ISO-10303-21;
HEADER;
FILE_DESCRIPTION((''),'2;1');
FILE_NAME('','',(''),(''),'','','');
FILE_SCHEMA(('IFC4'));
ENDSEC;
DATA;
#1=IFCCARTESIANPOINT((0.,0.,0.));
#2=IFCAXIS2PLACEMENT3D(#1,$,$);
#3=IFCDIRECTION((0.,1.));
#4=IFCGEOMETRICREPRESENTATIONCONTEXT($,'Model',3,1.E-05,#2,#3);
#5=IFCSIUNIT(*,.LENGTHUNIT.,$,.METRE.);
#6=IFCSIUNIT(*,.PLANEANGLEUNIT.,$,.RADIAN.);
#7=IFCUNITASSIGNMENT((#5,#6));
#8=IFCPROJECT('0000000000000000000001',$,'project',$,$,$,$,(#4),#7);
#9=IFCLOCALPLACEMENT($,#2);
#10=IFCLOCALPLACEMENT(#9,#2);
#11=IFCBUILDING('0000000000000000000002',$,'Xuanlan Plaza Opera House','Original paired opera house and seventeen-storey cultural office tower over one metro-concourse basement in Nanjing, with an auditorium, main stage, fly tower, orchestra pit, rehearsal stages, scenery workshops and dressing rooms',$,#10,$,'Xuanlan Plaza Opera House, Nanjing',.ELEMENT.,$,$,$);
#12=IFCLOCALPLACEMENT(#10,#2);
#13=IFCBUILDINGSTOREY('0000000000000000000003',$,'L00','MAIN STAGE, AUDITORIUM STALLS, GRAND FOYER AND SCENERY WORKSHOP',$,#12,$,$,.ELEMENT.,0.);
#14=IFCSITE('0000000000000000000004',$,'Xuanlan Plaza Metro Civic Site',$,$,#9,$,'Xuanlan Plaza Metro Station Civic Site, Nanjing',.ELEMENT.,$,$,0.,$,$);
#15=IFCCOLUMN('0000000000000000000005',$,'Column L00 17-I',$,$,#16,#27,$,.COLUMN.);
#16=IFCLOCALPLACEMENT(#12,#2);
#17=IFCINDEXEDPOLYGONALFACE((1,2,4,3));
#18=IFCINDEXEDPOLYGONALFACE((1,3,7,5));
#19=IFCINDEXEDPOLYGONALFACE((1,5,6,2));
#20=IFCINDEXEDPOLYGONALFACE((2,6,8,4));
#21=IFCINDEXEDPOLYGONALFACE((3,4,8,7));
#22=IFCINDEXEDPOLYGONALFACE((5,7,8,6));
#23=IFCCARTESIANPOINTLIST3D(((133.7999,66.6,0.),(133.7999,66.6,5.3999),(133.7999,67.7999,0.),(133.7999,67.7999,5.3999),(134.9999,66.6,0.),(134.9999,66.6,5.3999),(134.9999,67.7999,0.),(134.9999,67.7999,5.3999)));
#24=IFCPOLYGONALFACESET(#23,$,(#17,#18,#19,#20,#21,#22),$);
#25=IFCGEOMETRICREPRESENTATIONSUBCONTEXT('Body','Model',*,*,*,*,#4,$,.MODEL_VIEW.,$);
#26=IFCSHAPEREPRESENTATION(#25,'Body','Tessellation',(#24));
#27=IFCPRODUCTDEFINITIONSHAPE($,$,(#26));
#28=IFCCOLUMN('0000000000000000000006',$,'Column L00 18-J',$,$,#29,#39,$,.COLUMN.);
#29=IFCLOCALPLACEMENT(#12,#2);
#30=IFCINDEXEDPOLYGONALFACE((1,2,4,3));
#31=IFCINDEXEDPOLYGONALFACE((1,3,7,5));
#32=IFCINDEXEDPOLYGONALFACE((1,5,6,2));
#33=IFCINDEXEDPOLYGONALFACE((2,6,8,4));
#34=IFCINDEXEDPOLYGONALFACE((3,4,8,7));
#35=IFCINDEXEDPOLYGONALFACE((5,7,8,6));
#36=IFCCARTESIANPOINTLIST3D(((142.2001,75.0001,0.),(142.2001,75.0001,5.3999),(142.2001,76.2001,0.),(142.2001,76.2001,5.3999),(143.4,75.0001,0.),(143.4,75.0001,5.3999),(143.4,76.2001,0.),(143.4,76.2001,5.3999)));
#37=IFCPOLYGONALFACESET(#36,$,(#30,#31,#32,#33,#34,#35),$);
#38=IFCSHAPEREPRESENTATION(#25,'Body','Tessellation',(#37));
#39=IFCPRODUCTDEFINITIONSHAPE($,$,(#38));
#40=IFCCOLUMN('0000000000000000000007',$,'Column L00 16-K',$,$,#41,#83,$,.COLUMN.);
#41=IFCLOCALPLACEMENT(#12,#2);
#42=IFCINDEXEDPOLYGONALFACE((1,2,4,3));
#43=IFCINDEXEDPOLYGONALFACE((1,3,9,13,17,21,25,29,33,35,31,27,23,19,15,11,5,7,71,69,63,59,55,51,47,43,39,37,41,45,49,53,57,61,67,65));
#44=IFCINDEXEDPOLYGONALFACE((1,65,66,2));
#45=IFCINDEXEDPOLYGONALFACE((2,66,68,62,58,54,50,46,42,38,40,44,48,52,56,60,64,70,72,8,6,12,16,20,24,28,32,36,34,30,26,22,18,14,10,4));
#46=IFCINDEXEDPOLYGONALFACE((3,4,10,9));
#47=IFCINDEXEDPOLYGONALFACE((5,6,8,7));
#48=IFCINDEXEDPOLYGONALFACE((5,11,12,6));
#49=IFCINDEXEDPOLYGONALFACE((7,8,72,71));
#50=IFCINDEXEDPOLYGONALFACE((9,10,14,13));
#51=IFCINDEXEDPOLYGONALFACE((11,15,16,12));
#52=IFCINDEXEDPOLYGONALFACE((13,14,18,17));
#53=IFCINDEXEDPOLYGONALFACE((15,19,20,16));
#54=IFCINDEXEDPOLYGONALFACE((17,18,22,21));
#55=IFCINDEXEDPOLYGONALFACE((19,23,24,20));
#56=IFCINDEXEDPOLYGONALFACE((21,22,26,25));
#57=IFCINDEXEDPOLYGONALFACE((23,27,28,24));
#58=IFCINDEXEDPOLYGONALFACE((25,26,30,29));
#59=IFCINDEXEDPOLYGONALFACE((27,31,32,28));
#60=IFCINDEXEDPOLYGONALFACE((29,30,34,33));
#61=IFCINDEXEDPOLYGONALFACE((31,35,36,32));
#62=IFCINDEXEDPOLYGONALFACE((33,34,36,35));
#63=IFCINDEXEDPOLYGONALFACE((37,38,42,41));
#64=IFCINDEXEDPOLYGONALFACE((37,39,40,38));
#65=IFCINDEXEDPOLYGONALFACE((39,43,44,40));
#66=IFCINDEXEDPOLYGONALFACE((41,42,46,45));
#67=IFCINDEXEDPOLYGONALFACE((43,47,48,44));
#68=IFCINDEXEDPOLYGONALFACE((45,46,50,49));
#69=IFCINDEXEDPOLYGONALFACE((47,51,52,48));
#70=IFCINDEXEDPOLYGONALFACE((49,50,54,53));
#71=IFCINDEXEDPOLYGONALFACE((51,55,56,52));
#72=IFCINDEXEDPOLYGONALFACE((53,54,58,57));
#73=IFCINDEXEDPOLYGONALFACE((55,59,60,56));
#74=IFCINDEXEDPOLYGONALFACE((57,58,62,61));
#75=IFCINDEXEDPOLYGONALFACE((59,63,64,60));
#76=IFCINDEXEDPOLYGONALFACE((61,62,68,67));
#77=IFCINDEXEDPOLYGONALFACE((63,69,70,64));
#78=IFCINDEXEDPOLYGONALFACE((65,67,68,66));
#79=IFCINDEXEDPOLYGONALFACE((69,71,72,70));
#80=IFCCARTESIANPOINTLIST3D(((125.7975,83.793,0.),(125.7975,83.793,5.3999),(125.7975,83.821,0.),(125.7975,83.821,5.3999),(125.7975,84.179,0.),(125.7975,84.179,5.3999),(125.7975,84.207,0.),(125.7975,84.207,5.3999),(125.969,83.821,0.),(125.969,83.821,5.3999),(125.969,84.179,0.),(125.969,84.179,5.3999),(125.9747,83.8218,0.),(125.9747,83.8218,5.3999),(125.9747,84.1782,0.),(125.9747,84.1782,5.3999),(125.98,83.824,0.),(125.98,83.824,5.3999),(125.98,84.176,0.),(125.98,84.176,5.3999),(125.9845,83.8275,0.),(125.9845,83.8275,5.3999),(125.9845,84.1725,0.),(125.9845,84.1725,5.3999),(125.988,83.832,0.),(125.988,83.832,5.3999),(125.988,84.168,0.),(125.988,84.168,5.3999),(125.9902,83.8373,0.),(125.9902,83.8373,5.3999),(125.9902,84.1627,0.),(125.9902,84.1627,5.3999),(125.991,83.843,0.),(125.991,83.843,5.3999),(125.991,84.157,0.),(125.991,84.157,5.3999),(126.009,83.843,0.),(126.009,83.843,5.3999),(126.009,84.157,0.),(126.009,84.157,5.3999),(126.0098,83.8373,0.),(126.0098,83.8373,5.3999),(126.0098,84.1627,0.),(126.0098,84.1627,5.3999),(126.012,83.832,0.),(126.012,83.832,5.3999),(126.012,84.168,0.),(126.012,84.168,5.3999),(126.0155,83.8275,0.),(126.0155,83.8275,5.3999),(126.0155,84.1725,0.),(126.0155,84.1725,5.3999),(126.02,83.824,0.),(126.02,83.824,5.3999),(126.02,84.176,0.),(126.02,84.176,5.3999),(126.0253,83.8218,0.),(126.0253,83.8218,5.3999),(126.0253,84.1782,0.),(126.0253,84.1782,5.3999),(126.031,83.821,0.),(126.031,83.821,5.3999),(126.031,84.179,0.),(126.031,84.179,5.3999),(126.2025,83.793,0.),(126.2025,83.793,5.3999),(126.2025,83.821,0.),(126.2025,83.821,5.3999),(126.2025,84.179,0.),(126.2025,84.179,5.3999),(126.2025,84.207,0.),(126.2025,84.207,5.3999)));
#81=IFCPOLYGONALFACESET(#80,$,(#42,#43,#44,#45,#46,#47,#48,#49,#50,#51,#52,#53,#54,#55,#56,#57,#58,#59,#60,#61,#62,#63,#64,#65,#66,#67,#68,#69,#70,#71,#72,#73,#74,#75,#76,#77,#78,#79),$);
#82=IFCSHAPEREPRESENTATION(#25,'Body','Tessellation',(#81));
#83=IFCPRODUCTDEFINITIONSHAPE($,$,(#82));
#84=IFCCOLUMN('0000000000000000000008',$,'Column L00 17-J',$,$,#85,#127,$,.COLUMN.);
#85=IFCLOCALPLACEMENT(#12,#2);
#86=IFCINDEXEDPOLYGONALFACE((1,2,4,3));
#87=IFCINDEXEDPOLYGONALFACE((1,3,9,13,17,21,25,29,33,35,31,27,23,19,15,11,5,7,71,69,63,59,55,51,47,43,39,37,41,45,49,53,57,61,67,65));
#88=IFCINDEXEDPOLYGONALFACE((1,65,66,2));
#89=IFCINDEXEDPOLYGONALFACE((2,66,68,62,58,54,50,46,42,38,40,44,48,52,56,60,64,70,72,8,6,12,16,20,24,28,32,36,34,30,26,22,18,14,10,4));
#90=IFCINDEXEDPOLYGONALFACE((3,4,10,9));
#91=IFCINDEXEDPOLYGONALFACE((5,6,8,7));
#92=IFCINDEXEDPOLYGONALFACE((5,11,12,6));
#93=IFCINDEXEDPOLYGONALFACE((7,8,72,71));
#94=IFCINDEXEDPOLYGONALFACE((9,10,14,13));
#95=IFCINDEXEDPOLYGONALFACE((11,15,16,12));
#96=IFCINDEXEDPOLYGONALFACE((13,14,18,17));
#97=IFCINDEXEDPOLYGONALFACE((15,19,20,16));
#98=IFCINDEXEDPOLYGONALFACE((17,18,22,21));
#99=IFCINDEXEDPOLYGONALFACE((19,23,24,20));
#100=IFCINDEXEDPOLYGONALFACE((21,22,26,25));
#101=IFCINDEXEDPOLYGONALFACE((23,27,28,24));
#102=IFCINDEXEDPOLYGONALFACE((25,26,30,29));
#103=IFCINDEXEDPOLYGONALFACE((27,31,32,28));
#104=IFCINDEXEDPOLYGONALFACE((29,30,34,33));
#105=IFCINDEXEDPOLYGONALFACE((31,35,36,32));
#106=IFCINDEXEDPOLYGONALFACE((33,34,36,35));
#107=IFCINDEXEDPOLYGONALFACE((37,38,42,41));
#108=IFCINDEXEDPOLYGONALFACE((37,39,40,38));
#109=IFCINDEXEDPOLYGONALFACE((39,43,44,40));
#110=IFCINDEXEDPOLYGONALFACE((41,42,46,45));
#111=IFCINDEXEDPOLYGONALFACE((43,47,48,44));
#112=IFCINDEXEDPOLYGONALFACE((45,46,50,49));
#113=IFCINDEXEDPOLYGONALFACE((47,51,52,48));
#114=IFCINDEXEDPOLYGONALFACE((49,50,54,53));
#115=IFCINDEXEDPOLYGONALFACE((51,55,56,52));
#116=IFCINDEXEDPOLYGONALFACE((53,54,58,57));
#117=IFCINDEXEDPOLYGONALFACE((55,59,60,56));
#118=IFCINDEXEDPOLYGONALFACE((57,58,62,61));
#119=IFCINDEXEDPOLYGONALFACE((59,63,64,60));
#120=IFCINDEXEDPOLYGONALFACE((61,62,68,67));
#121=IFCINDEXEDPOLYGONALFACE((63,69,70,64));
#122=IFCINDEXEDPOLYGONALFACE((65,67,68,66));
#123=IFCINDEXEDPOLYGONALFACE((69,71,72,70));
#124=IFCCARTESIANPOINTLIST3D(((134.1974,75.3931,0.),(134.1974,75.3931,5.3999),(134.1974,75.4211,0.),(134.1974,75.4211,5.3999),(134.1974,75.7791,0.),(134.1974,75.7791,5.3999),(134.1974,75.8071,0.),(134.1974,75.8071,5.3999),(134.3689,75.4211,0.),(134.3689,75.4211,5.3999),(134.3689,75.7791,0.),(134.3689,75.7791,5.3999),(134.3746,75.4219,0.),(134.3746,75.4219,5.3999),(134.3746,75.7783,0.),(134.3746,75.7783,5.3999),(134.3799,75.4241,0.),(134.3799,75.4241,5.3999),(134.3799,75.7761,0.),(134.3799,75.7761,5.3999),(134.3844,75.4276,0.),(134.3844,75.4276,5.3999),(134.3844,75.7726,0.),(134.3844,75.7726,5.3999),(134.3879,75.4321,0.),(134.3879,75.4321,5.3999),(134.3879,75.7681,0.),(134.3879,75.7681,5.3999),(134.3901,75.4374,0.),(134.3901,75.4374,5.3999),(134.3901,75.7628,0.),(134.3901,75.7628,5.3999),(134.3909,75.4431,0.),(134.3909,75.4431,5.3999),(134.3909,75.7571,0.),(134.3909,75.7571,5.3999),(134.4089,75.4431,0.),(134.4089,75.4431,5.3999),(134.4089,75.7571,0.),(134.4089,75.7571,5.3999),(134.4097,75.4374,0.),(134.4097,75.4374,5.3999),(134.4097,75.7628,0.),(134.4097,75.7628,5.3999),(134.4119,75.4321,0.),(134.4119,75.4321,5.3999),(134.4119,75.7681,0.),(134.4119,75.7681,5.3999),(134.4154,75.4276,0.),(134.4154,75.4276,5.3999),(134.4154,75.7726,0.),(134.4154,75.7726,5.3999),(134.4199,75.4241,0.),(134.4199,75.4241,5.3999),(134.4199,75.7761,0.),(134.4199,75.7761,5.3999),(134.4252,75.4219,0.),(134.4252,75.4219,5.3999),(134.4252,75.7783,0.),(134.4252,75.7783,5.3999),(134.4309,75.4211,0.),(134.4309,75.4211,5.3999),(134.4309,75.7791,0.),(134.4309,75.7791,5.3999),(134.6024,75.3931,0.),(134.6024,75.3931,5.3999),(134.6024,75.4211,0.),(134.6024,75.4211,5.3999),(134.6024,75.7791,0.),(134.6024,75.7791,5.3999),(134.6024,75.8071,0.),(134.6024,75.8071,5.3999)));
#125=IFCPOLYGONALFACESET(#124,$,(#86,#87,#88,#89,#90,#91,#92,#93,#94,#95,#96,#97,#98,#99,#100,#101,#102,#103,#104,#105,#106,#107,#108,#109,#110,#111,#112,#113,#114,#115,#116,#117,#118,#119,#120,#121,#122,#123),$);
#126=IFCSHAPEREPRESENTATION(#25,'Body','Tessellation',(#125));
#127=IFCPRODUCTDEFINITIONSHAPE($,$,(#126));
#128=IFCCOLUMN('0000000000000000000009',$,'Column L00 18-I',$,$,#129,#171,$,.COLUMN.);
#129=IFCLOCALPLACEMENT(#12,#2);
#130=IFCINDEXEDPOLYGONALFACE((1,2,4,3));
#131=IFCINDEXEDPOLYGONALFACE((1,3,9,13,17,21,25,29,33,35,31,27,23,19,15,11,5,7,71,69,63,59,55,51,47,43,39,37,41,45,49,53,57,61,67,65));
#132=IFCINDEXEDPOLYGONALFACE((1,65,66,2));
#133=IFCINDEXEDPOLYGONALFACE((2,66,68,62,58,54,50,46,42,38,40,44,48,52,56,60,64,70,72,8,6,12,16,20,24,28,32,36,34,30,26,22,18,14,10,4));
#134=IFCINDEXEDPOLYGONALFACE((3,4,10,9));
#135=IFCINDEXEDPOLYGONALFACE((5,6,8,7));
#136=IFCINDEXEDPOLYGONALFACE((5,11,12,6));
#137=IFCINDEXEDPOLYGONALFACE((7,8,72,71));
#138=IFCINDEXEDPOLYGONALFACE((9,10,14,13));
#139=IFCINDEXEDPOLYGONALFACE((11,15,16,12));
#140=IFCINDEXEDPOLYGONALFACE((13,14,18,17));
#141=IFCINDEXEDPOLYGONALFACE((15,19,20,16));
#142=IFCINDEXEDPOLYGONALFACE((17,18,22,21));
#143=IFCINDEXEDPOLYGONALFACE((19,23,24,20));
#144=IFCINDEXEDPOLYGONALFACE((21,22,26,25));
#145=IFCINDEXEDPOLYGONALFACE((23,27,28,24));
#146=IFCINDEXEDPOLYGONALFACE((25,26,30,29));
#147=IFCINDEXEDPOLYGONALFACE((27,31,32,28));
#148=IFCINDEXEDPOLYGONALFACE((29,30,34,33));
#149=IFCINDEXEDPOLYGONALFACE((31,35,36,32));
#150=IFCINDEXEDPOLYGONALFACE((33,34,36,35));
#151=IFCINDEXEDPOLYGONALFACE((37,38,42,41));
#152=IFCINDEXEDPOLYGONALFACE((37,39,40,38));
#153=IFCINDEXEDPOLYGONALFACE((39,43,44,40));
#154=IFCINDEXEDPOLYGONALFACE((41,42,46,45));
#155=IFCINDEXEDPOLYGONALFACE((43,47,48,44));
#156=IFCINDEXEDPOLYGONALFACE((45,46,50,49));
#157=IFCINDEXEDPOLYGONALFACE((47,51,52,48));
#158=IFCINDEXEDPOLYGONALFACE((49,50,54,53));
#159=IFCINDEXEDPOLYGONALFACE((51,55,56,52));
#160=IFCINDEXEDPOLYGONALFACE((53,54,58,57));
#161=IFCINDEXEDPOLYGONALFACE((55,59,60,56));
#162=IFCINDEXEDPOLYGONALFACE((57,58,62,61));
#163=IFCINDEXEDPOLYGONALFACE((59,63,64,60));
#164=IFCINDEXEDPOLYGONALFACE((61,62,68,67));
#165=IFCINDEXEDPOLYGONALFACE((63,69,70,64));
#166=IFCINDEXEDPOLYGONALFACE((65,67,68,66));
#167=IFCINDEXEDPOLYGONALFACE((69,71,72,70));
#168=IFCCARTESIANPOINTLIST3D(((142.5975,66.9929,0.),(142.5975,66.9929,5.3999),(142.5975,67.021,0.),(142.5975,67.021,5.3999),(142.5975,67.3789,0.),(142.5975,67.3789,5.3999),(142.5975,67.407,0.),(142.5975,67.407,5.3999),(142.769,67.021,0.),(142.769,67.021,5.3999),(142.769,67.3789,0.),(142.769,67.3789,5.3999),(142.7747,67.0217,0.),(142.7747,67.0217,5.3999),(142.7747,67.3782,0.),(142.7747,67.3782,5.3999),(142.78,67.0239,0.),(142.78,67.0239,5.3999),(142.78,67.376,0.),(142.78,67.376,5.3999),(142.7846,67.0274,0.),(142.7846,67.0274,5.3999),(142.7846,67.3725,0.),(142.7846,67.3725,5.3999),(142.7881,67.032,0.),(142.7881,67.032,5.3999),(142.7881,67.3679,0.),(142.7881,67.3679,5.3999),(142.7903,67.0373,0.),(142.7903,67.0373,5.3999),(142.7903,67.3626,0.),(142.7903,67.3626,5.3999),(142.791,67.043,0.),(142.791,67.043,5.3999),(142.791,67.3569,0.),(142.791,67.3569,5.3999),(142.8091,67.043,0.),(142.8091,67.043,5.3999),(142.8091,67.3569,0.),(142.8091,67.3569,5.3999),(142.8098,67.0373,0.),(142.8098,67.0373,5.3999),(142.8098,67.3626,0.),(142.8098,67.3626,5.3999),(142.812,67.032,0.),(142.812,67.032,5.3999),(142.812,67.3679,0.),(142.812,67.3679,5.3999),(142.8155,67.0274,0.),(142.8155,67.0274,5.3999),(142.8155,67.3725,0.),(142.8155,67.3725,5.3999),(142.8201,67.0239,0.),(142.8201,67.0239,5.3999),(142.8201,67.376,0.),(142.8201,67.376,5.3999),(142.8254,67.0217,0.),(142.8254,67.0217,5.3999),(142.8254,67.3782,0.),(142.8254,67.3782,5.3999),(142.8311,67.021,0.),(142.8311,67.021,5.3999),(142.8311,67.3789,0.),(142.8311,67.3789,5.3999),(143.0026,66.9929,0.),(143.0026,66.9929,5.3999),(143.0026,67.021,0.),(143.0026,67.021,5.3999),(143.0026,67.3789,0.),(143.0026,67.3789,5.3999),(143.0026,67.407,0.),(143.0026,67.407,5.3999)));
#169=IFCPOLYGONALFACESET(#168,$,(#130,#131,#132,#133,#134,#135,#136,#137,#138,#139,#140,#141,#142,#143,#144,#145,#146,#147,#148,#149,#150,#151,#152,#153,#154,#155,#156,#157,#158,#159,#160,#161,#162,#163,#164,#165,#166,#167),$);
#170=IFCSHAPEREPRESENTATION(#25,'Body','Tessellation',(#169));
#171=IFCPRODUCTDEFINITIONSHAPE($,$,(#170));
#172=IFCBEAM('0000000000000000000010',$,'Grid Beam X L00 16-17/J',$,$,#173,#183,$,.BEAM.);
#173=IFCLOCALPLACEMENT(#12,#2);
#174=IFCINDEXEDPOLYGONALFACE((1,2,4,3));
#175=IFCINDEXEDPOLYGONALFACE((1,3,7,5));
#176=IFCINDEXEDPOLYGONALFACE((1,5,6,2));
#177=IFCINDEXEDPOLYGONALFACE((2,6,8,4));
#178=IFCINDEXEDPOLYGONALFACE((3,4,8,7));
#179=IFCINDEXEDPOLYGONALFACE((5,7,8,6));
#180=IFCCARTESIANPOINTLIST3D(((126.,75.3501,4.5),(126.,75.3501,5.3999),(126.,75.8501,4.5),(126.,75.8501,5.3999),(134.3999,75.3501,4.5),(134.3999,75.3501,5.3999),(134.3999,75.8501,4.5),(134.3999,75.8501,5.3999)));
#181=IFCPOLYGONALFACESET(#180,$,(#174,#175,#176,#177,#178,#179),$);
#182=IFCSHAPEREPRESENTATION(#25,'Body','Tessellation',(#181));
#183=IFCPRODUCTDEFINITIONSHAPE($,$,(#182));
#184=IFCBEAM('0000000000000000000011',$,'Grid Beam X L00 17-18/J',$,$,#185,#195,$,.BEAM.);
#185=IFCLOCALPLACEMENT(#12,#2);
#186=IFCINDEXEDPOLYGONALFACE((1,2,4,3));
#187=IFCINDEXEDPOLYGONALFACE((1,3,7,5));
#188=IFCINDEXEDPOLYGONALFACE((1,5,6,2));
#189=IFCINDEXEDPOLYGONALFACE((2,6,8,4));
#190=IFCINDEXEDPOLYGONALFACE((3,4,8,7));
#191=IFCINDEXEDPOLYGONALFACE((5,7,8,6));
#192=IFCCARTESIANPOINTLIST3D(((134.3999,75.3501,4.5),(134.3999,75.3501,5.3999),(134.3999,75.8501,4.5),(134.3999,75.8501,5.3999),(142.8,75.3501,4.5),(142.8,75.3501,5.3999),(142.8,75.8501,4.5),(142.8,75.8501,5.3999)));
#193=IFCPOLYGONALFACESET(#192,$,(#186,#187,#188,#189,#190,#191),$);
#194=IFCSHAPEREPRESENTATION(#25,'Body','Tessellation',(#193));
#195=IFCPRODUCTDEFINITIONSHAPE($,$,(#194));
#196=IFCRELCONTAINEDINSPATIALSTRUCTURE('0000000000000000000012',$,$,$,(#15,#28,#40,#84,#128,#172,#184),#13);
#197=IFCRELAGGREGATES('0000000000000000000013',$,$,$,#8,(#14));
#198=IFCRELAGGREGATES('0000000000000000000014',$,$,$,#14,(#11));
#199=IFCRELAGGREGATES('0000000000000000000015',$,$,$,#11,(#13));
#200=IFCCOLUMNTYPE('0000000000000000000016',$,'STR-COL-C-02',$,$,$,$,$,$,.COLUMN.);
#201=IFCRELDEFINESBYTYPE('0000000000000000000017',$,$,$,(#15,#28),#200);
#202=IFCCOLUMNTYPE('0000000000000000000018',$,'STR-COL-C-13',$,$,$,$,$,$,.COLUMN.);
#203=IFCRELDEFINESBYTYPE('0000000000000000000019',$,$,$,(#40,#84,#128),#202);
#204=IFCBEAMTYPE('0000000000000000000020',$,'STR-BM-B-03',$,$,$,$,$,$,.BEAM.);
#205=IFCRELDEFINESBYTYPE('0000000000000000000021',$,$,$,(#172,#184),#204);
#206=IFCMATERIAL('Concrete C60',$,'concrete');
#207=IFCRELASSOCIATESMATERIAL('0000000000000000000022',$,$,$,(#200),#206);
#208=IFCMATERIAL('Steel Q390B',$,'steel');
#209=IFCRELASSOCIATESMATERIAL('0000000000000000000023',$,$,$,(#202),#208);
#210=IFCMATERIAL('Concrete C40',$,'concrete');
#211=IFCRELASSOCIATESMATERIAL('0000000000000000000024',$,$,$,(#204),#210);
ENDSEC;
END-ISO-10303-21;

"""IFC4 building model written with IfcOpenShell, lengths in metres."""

from ifc_helpers import new_model, si_unit, direction, frame, origin, origin_2d, place, context, subcontext, project, spatial, rectangle, i_section, extrude, material, material_profile, profile_set, type_object, element, save


model = new_model("IFC4")

# Units and contexts
model_context = context("Model", 3, precision=1e-05, world=origin(), true_north=direction((0.0, 1.0)))
body_context = subcontext(model_context, "Body", "Model", "MODEL_VIEW")
ifc_project = project(units=[si_unit("LENGTHUNIT", "METRE"), si_unit("PLANEANGLEUNIT", "RADIAN")], contexts=[model_context])

# Site, building, storey
site_placement = place(None, origin())
site = spatial("IfcSite", under=ifc_project, at=site_placement, Name="Xuanlan Plaza Metro Civic Site", LongName="Xuanlan Plaza Metro Station Civic Site, Nanjing", CompositionType="ELEMENT", RefElevation=0.0)
building_placement = place(site_placement, origin())
building = spatial("IfcBuilding", under=site, at=building_placement, Name="Xuanlan Plaza Opera House", Description="Original paired opera house and seventeen-storey cultural office tower over one metro-concourse basement in Nanjing, with an auditorium, main stage, fly tower, orchestra pit, rehearsal stages, scenery workshops and dressing rooms", LongName="Xuanlan Plaza Opera House, Nanjing", CompositionType="ELEMENT")
storey_placement = place(building_placement, origin())
storey = spatial("IfcBuildingStorey", under=building, at=storey_placement, Name="L00", Description="MAIN STAGE, AUDITORIUM STALLS, GRAND FOYER AND SCENERY WORKSHOP", CompositionType="ELEMENT", Elevation=0.0)

# Columns
ifc_material_1 = material(Name="Concrete C60", Category="concrete")
ifc_material_profile_1 = material_profile(ifc_material_1, rectangle(XDim=1.2, YDim=1.2, at=origin_2d()), Name="RC-COL 1200x1200")
ifc_profile_set_1 = profile_set([ifc_material_profile_1], Name="Concrete C60")
column_type_1 = type_object("IfcColumnType", Name="STR-COL-C-02", PredefinedType="COLUMN", material=ifc_profile_set_1)
for number, where, z_axis, x_axis, name in (
    (1, (134.3999, 67.2, 0.0), (0.0, 0.0, 1.0), (1.0, 0.0, 0.0), "Column L00 17-I"),
    (2, (142.8, 75.6001, 0.0), (0.0, 0.0, 1.0), (1.0, 0.0, 0.0), "Column L00 18-J"),
):
    element("IfcColumn", number, at=place(storey_placement, frame(where, z_axis=z_axis, x_axis=x_axis)), inside=storey, type_object=column_type_1, Name=name, PredefinedType="COLUMN", context=body_context, shape_type="SweptSolid", body=[
        extrude(rectangle(XDim=1.2, YDim=1.2, at=origin_2d()), origin(), (0.0, 0.0, 1.0), 5.3999),
    ])
ifc_material_2 = material(Name="Steel Q390B", Category="steel")
ifc_material_profile_2 = material_profile(ifc_material_2, i_section(OverallWidth=0.405, OverallDepth=0.4141, WebThickness=0.0181, FlangeThickness=0.0281, FilletRadius=0.022, at=origin_2d()), Name="HW 414x405x18x28")
ifc_profile_set_2 = profile_set([ifc_material_profile_2], Name="Steel Q390B")
column_type_2 = type_object("IfcColumnType", Name="STR-COL-C-13", PredefinedType="COLUMN", material=ifc_profile_set_2)
for number, where, z_axis, x_axis, name in (
    (3, (126.0, 84.0, 0.0), (0.0, 0.0, 1.0), (1.0, 0.0, 0.0), "Column L00 16-K"),
    (4, (134.3999, 75.6001, 0.0), (0.0, 0.0, 1.0), (1.0, 0.0, 0.0), "Column L00 17-J"),
    (5, (142.8, 67.2, 0.0), (0.0, 0.0, 1.0), (1.0, 0.0, 0.0), "Column L00 18-I"),
):
    element("IfcColumn", number, at=place(storey_placement, frame(where, z_axis=z_axis, x_axis=x_axis)), inside=storey, type_object=column_type_2, Name=name, PredefinedType="COLUMN", context=body_context, shape_type="SweptSolid", body=[
        extrude(i_section(OverallWidth=0.405, OverallDepth=0.4141, WebThickness=0.0181, FlangeThickness=0.0281, FilletRadius=0.022, at=origin_2d()), origin(), (0.0, 0.0, 1.0), 5.3999),
    ])

# Beams
ifc_material_3 = material(Name="Concrete C40", Category="concrete")
ifc_material_profile_3 = material_profile(ifc_material_3, rectangle(XDim=0.5, YDim=0.8999, at=origin_2d()), Name="RC-BM 500x900")
ifc_profile_set_3 = profile_set([ifc_material_profile_3], Name="Concrete C40")
beam_type_1 = type_object("IfcBeamType", Name="STR-BM-B-03", PredefinedType="BEAM", material=ifc_profile_set_3)
beam_1_placement = place(storey_placement, frame((126.0, 75.6001, 4.95), z_axis=(1.0, 0.0, 0.0), x_axis=(0.0, 1.0, 0.0)))
element("IfcBeam", 6, at=beam_1_placement, inside=storey, type_object=beam_type_1, Name="Grid Beam X L00 16-17/J", PredefinedType="BEAM", context=body_context, shape_type="SweptSolid", body=[
    extrude(rectangle(XDim=0.5, YDim=0.8999, at=origin_2d()), origin(), (0.0, 0.0, 1.0), 8.3999),
])
beam_2_placement = place(storey_placement, frame((134.3999, 75.6001, 4.95), z_axis=(1.0, 0.0, 0.0), x_axis=(0.0, 1.0, 0.0)))
element("IfcBeam", 7, at=beam_2_placement, inside=storey, type_object=beam_type_1, Name="Grid Beam X L00 17-18/J", PredefinedType="BEAM", context=body_context, shape_type="SweptSolid", body=[
    extrude(rectangle(XDim=0.5, YDim=0.8999, at=origin_2d()), origin(), (0.0, 0.0, 1.0), 8.4001),
])

save(model, "model.ifc")
